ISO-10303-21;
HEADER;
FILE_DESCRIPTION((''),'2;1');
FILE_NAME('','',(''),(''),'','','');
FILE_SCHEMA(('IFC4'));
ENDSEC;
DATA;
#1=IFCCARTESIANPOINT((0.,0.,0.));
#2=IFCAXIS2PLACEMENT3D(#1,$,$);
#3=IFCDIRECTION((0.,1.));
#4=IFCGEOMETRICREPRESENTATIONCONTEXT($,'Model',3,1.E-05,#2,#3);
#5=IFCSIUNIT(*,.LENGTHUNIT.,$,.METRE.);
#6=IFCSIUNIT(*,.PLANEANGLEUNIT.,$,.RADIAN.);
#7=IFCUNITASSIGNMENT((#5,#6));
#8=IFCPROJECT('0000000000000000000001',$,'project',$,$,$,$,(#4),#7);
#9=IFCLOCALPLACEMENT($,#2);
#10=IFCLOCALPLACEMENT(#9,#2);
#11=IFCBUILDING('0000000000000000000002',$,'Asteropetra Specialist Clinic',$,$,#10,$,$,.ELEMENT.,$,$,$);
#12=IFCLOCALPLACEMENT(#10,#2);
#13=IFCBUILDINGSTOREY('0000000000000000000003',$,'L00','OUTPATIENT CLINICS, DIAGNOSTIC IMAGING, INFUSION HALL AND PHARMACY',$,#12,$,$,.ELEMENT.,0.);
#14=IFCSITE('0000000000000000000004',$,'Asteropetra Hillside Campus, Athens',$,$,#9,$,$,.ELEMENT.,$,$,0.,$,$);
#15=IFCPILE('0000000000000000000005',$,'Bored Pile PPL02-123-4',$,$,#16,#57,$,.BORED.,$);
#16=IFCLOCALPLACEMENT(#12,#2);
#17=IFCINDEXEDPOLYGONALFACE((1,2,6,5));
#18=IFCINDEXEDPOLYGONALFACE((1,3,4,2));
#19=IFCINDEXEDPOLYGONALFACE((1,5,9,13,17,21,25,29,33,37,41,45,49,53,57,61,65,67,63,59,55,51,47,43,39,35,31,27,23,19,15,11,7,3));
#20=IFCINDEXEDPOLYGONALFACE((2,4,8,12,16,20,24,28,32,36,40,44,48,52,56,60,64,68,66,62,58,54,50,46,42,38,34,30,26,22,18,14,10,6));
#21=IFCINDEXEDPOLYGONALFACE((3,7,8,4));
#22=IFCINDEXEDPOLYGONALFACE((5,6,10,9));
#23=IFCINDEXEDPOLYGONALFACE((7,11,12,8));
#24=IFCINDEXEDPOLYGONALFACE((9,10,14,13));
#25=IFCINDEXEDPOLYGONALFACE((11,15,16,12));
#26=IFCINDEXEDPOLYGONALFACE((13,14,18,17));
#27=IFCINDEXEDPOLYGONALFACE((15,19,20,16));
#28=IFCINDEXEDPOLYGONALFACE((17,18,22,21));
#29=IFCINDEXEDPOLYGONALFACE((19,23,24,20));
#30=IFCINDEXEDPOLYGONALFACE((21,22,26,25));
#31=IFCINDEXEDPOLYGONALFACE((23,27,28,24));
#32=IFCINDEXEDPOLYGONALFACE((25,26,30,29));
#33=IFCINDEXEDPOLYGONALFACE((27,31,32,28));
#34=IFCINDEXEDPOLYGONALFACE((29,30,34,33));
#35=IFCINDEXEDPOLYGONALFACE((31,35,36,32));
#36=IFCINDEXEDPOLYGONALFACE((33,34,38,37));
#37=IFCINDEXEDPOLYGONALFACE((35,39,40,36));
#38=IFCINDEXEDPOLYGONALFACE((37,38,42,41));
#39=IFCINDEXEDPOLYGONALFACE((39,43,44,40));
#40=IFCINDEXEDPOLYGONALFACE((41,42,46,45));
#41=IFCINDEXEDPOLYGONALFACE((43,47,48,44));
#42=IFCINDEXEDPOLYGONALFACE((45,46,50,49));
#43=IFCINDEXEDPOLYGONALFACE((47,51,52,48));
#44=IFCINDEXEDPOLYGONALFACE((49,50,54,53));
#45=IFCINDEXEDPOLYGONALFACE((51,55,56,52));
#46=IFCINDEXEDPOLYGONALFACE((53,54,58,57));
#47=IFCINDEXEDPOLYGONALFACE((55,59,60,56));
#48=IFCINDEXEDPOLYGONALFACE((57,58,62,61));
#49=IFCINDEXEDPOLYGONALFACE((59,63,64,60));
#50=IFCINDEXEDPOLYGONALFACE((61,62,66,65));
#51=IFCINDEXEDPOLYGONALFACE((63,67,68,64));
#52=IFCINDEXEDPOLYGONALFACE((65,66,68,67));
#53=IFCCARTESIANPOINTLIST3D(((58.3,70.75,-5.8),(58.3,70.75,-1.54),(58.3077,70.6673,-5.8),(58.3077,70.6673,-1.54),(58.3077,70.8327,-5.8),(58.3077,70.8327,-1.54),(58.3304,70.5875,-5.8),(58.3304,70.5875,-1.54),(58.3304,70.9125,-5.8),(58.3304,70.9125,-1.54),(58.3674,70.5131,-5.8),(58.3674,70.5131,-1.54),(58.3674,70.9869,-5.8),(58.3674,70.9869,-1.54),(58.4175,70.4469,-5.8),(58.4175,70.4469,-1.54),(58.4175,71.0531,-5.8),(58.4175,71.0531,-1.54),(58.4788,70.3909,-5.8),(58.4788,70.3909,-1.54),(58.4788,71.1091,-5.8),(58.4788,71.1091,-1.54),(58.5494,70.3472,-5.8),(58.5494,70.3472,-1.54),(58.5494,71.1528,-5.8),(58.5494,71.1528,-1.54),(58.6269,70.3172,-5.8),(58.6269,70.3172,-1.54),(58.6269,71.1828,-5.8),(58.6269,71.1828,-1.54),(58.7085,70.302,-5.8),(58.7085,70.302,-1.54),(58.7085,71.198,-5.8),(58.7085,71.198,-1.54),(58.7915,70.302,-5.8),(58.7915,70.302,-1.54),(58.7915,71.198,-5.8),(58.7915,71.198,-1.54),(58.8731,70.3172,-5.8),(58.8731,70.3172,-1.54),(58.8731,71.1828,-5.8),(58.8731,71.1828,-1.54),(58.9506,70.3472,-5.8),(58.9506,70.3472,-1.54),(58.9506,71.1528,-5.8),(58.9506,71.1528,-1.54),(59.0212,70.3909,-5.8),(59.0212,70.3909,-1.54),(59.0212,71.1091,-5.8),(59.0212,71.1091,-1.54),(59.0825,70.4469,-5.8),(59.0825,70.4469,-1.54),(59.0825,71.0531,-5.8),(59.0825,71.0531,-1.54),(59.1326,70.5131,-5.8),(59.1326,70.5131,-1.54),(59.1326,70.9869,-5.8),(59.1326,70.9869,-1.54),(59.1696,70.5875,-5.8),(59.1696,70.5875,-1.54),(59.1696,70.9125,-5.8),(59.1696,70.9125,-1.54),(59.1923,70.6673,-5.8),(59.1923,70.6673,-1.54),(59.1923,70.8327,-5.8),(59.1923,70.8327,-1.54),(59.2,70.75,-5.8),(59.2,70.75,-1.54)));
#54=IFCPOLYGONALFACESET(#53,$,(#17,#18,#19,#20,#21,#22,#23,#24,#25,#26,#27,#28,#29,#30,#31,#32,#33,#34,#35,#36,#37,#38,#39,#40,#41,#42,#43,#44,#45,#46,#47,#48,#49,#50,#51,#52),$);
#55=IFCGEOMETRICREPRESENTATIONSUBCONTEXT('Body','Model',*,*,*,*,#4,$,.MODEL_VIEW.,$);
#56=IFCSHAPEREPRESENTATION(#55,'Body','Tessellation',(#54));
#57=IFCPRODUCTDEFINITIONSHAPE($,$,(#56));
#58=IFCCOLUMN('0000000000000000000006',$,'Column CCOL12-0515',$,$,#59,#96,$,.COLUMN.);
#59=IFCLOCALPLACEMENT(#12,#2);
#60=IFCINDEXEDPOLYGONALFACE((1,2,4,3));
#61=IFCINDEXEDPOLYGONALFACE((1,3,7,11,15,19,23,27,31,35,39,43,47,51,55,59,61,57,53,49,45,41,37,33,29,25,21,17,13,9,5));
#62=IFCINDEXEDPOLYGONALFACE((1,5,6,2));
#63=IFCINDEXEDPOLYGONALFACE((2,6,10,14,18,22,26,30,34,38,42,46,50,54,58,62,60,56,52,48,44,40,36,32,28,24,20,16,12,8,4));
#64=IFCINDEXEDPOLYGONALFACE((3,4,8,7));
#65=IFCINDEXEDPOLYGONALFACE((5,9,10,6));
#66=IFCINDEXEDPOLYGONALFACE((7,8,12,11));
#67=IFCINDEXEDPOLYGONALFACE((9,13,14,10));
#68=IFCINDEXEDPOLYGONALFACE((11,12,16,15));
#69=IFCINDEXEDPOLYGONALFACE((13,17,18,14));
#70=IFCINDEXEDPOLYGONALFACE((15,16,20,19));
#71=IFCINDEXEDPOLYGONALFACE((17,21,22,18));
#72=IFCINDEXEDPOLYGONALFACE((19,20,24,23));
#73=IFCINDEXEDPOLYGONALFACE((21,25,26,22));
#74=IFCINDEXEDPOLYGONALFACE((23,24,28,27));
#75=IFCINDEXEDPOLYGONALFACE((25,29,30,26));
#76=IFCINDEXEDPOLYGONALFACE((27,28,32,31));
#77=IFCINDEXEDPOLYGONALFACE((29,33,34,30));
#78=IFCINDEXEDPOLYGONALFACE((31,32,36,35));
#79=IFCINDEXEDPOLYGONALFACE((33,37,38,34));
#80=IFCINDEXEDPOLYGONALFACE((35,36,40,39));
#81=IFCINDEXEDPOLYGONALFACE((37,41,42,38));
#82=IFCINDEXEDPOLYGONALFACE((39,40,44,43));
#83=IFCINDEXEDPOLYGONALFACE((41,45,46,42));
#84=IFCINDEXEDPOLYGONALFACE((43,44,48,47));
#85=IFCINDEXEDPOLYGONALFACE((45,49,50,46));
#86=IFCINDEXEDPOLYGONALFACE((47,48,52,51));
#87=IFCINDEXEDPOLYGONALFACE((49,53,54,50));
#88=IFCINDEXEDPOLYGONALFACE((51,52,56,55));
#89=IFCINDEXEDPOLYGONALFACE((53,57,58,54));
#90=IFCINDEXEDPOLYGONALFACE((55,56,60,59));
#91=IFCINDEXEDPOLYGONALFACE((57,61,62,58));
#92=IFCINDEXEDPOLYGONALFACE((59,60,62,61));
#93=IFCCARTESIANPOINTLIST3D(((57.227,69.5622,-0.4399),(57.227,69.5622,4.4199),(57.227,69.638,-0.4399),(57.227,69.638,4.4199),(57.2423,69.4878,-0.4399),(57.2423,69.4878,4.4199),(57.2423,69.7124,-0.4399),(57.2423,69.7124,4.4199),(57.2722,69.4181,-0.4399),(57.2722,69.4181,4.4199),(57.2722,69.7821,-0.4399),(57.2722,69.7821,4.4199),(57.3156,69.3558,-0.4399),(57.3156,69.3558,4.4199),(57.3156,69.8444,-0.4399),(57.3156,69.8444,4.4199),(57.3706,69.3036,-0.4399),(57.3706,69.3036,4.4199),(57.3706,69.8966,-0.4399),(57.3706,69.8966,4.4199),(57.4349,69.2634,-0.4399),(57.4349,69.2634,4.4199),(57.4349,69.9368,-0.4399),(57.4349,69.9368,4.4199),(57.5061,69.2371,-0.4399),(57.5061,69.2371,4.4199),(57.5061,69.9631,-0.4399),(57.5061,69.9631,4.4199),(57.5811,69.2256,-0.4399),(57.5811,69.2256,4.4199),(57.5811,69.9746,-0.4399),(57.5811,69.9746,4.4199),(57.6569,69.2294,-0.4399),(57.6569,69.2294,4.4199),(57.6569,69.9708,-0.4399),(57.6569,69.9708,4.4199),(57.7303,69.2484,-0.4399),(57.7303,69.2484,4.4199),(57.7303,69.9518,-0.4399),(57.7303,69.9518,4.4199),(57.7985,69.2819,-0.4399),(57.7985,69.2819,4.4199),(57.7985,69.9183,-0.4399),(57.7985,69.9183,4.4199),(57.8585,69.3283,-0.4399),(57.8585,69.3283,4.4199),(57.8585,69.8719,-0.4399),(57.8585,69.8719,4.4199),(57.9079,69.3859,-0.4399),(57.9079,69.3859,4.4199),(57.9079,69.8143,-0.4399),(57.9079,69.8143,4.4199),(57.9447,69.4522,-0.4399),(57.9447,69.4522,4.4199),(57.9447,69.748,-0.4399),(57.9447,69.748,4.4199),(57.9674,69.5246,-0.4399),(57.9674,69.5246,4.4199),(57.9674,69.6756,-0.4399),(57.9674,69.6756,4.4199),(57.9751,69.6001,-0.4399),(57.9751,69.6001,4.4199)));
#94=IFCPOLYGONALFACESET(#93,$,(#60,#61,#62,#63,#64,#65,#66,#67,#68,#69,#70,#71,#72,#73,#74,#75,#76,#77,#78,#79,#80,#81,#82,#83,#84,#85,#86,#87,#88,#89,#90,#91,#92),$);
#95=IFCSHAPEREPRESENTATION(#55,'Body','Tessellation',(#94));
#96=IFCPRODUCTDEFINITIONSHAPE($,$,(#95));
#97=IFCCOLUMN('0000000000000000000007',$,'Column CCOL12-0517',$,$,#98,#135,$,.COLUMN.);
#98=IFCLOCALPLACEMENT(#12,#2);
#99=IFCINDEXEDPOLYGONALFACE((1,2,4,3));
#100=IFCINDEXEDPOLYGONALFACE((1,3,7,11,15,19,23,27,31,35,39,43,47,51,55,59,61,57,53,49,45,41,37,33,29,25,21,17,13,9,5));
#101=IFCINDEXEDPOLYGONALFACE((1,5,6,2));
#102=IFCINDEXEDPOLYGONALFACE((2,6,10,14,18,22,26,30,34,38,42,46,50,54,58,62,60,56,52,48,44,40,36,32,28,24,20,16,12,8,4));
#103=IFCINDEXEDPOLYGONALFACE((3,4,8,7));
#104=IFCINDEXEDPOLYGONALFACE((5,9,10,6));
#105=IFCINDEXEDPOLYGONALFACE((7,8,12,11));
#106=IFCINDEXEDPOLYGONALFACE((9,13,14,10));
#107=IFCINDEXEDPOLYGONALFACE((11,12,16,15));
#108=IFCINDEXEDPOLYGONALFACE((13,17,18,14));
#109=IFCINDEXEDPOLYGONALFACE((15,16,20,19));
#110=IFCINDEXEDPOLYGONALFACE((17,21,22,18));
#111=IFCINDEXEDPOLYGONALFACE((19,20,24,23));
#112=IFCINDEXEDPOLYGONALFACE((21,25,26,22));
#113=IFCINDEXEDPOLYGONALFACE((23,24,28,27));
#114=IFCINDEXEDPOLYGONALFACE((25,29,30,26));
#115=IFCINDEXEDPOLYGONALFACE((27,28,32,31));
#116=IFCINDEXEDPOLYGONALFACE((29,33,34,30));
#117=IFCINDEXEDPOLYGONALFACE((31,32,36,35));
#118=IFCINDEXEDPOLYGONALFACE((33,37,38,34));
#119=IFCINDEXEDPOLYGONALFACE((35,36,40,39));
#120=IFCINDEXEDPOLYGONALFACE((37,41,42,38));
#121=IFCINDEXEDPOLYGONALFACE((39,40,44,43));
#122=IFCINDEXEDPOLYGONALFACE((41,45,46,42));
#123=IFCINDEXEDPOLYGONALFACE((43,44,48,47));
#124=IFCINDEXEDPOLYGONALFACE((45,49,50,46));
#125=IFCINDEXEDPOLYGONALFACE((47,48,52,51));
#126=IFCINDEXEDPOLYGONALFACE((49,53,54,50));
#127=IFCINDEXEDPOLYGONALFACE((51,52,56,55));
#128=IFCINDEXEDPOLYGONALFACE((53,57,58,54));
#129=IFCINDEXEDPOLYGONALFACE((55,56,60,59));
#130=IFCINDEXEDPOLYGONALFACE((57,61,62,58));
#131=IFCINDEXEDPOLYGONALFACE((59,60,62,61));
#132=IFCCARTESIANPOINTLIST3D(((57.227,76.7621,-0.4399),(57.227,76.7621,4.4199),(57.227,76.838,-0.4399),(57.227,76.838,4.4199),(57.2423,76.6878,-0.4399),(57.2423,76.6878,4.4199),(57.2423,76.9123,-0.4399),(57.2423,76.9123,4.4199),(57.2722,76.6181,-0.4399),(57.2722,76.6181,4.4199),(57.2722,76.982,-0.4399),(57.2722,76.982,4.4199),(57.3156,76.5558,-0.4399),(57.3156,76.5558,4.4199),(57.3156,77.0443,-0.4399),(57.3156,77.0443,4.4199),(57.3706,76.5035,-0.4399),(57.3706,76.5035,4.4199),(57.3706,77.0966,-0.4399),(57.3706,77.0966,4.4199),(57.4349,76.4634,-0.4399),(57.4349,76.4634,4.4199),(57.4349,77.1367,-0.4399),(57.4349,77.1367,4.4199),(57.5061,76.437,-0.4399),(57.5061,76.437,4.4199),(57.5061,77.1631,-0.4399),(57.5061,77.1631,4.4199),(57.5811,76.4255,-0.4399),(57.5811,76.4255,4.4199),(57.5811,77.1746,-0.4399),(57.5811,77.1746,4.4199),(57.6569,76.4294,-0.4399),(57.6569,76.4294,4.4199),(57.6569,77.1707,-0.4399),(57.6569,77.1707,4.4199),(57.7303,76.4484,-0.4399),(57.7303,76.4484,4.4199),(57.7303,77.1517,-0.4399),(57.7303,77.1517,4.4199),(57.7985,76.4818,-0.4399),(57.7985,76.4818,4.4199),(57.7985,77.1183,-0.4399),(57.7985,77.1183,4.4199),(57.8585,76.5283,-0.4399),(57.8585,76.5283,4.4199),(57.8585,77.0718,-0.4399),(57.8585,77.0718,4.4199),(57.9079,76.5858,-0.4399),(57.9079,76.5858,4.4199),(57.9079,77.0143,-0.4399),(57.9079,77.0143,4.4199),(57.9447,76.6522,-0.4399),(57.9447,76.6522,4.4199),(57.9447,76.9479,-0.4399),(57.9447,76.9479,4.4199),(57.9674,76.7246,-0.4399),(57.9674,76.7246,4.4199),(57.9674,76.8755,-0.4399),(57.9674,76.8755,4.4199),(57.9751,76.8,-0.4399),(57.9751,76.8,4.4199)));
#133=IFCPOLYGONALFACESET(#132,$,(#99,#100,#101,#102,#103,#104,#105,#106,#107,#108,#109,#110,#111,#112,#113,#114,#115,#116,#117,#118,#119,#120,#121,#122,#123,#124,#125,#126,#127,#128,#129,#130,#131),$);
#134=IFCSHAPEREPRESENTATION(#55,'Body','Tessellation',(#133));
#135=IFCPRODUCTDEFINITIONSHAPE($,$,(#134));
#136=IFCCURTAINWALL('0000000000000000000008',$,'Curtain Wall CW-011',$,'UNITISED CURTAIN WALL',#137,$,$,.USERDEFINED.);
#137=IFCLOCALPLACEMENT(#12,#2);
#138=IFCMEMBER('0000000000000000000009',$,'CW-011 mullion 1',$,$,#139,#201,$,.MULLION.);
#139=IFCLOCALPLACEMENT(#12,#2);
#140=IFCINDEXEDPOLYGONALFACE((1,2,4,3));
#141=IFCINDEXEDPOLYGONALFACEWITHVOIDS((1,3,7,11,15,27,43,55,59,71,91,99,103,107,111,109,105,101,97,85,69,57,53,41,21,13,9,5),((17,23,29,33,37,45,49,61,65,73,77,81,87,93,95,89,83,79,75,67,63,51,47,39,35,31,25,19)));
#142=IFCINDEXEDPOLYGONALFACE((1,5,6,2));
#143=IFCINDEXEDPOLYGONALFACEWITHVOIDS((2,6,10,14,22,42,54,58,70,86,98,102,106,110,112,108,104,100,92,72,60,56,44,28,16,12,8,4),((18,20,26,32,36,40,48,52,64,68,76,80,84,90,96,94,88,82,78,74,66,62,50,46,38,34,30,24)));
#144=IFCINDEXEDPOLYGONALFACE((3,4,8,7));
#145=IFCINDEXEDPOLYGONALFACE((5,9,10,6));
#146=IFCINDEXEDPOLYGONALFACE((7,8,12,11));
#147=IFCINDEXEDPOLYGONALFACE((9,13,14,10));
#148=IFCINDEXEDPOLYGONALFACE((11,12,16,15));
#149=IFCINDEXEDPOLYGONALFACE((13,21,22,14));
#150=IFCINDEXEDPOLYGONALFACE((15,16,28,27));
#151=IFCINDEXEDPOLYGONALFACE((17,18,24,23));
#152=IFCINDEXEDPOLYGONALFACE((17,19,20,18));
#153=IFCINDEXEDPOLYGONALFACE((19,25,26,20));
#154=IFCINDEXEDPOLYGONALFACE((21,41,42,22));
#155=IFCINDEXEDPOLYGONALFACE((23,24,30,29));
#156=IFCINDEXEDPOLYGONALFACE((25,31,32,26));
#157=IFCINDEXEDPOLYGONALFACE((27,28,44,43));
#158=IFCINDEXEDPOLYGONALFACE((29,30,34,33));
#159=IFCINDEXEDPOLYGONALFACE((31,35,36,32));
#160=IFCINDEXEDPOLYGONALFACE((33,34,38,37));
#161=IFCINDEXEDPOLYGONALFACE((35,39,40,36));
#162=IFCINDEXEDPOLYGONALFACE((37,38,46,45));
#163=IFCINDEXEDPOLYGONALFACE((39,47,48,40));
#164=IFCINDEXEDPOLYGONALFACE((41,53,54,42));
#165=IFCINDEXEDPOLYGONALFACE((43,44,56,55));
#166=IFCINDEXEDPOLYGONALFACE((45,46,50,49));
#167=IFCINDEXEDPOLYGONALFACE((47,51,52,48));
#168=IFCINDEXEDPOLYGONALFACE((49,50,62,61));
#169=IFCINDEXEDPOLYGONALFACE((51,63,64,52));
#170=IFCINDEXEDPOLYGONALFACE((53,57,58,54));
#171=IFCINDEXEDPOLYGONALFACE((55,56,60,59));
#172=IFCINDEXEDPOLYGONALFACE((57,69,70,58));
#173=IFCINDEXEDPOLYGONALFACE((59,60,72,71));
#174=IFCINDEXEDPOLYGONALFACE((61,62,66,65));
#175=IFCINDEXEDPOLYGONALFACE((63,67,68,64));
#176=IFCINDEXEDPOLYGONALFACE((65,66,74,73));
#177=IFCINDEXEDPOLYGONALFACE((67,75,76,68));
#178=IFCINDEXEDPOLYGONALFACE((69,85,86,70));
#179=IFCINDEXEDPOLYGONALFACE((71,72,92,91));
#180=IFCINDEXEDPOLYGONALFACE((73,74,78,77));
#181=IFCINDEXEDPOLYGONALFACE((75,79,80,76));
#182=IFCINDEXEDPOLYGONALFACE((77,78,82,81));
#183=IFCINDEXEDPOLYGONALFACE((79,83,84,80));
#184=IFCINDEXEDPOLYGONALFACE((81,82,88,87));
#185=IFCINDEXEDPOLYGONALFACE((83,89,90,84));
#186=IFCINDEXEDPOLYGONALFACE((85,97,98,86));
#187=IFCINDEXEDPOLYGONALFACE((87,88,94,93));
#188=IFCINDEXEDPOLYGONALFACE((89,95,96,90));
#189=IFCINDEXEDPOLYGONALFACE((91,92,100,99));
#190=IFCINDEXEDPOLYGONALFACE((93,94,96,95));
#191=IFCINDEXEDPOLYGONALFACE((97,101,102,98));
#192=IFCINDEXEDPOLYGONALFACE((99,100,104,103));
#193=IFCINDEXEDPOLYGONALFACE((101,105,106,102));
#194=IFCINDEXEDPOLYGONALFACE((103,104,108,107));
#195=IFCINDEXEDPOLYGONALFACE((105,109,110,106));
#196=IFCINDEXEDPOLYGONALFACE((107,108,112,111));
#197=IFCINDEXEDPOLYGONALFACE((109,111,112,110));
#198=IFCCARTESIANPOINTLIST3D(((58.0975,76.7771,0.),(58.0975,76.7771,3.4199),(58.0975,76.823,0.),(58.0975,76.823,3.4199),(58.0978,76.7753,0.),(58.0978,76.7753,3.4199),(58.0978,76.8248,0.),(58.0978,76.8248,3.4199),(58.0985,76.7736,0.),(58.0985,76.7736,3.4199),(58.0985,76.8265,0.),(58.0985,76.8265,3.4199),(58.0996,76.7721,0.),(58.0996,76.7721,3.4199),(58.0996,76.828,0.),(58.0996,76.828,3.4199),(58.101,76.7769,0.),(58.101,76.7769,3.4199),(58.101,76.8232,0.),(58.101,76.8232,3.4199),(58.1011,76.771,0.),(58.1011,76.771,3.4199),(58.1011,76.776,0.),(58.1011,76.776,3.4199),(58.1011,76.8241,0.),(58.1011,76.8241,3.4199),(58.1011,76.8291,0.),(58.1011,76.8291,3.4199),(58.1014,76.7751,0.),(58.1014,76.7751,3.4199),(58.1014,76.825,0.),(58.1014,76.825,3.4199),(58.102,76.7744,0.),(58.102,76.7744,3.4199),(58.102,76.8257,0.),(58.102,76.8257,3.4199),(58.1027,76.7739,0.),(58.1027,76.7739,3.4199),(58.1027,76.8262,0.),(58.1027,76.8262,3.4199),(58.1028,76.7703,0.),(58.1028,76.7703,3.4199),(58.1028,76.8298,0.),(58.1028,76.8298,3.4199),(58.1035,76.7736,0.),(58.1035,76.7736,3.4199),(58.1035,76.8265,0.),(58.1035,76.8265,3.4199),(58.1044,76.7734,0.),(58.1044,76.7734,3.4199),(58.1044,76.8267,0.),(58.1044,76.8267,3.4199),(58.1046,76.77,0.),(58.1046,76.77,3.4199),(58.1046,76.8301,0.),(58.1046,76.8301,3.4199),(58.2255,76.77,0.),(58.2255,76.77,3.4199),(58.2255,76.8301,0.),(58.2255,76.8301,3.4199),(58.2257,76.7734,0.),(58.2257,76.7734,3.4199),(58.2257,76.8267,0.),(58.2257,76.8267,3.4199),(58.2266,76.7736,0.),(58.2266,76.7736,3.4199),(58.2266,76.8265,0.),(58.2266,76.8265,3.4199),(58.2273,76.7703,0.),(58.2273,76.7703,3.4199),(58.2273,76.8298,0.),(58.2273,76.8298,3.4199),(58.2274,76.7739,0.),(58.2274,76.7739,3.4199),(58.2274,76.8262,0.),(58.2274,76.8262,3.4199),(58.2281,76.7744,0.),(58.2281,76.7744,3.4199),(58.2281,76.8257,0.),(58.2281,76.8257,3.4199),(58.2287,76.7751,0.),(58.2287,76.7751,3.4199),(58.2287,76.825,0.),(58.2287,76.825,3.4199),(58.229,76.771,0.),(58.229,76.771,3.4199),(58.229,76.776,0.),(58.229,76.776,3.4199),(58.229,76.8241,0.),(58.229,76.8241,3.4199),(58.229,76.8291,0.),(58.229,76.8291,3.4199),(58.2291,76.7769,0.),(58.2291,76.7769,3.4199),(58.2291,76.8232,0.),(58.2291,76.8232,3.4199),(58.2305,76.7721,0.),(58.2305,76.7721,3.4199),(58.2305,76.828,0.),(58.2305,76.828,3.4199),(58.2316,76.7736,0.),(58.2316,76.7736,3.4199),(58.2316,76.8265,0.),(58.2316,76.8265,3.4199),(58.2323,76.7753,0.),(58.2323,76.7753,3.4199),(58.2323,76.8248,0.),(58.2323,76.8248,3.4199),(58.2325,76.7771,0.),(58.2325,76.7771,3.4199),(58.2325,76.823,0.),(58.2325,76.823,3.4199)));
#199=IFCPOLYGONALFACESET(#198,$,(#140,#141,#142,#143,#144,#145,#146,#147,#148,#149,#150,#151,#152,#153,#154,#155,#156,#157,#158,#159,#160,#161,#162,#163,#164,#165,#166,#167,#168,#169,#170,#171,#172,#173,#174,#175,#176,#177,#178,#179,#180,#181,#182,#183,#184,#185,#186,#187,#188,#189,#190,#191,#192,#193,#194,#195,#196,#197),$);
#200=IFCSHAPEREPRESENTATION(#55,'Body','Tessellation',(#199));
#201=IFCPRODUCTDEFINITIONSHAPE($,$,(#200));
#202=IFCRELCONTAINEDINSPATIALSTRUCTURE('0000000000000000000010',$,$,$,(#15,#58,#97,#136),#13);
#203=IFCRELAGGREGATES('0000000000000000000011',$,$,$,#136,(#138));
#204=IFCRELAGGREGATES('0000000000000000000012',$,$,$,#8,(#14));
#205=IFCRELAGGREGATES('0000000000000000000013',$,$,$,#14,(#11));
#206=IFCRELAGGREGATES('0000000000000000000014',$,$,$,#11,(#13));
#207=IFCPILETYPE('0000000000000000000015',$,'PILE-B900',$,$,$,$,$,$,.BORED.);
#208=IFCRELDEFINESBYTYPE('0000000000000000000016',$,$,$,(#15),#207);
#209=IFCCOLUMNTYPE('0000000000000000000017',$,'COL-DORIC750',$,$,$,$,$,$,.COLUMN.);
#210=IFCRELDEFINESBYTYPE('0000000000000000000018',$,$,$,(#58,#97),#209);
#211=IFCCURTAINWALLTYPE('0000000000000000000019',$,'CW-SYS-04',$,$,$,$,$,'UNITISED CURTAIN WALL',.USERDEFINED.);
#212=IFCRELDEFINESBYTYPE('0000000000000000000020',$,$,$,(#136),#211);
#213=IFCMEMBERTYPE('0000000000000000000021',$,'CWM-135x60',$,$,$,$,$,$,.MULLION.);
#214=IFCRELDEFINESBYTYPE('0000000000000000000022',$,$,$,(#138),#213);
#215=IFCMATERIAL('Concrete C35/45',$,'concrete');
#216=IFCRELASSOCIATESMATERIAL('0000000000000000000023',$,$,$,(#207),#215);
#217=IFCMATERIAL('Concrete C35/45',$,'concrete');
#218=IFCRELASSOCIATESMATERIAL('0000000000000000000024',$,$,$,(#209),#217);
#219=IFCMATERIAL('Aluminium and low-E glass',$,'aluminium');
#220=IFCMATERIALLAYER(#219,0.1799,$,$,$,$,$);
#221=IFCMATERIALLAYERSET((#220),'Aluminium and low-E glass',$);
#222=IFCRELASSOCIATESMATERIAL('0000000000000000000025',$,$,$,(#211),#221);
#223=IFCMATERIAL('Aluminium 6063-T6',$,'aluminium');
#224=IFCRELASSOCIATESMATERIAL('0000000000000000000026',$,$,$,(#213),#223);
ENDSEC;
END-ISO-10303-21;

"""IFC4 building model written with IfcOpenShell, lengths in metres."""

from ifc_helpers import new_model, si_unit, direction, frame, origin, origin_2d, place, context, subcontext, project, spatial, hollow_rectangle, circle, extrude, material, layer, layer_set, material_profile, profile_set, type_object, element, aggregate, save


model = new_model("IFC4")

# Units and contexts
model_context = context("Model", 3, precision=1e-05, world=origin(), true_north=direction((0.0, 1.0)))
body_context = subcontext(model_context, "Body", "Model", "MODEL_VIEW")
ifc_project = project(units=[si_unit("LENGTHUNIT", "METRE"), si_unit("PLANEANGLEUNIT", "RADIAN")], contexts=[model_context])

# Site, building, storey
site_placement = place(None, origin())
site = spatial("IfcSite", under=ifc_project, at=site_placement, Name="Asteropetra Hillside Campus, Athens", CompositionType="ELEMENT", RefElevation=0.0)
building_placement = place(site_placement, origin())
building = spatial("IfcBuilding", under=site, at=building_placement, Name="Asteropetra Specialist Clinic", CompositionType="ELEMENT")
storey_placement = place(building_placement, origin())
storey = spatial("IfcBuildingStorey", under=building, at=storey_placement, Name="L00", Description="OUTPATIENT CLINICS, DIAGNOSTIC IMAGING, INFUSION HALL AND PHARMACY", CompositionType="ELEMENT", Elevation=0.0)

# Pile
ifc_material_1 = material(Name="Concrete C35/45", Category="concrete")
ifc_material_profile_1 = material_profile(ifc_material_1, circle(Radius=0.45, at=origin_2d()), Name="PILE D900")
ifc_profile_set_1 = profile_set([ifc_material_profile_1], Name="Concrete C35/45")
pile_type_1 = type_object("IfcPileType", Name="PILE-B900", PredefinedType="BORED", material=ifc_profile_set_1)
for number, where, z_axis, x_axis, name in (
    (1, (58.75, 70.75, -1.54), (0.0, 0.0, -1.0), (1.0, 0.0, 0.0), "Bored Pile PPL02-123-4"),
):
    element("IfcPile", number, at=place(storey_placement, frame(where, z_axis=z_axis, x_axis=x_axis)), inside=storey, type_object=pile_type_1, Name=name, PredefinedType="BORED", context=body_context, shape_type="SweptSolid", body=[
        extrude(circle(Radius=0.45, at=origin_2d()), origin(), (0.0, 0.0, 1.0), 4.26),
    ])

# Columns
ifc_material_2 = material(Name="Concrete C35/45", Category="concrete")
ifc_material_profile_2 = material_profile(ifc_material_2, circle(Radius=0.375, at=origin_2d()), Name="RCC D750")
ifc_profile_set_2 = profile_set([ifc_material_profile_2], Name="Concrete C35/45")
column_type = type_object("IfcColumnType", Name="COL-DORIC750", PredefinedType="COLUMN", material=ifc_profile_set_2)
for number, where, z_axis, x_axis, name in (
    (2, (57.6001, 69.6001, -0.4399), (0.0, 0.0, 1.0), (1.0, 0.0, 0.0), "Column CCOL12-0515"),
    (3, (57.6001, 76.8, -0.4399), (0.0, 0.0, 1.0), (1.0, 0.0, 0.0), "Column CCOL12-0517"),
):
    element("IfcColumn", number, at=place(storey_placement, frame(where, z_axis=z_axis, x_axis=x_axis)), inside=storey, type_object=column_type, Name=name, PredefinedType="COLUMN", context=body_context, shape_type="SweptSolid", body=[
        extrude(circle(Radius=0.375, at=origin_2d()), origin(), (0.0, 0.0, 1.0), 4.8599),
    ])

# Curtain wall, member
ifc_material_3 = material(Name="Aluminium and low-E glass", Category="aluminium")
ifc_layer_1 = layer(ifc_material_3, 0.1799)
ifc_layer_set_1 = layer_set([ifc_layer_1], Name="Aluminium and low-E glass")
curtain_wall_type_1 = type_object("IfcCurtainWallType", Name="CW-SYS-04", ElementType="UNITISED CURTAIN WALL", PredefinedType="USERDEFINED", material=ifc_layer_set_1)
curtain_wall_1_placement = place(storey_placement, origin())
curtain_wall_1 = element("IfcCurtainWall", 4, at=curtain_wall_1_placement, inside=storey, type_object=curtain_wall_type_1, Name="Curtain Wall CW-011", ObjectType="UNITISED CURTAIN WALL", PredefinedType="USERDEFINED")
ifc_material_4 = material(Name="Aluminium 6063-T6", Category="aluminium")
ifc_material_profile_3 = material_profile(ifc_material_4, hollow_rectangle(XDim=0.0601, YDim=0.135, WallThickness=0.0034, InnerFilletRadius=0.0034, OuterFilletRadius=0.0071, at=origin_2d()), Name="MUL 135x60x3.5")
ifc_profile_set_3 = profile_set([ifc_material_profile_3], Name="Aluminium 6063-T6")
member_type_1 = type_object("IfcMemberType", Name="CWM-135x60", PredefinedType="MULLION", material=ifc_profile_set_3)
member_1_placement = place(storey_placement, frame((58.165, 76.8, 0.0), z_axis=(0.0, 0.0, 1.0), x_axis=(0.0, 1.0, 0.0)))
member_1 = element("IfcMember", 5, at=member_1_placement, type_object=member_type_1, Name="CW-011 mullion 1", PredefinedType="MULLION", context=body_context, shape_type="SweptSolid", body=[
    extrude(hollow_rectangle(XDim=0.0601, YDim=0.135, WallThickness=0.0034, InnerFilletRadius=0.0034, OuterFilletRadius=0.0071, at=origin_2d()), origin(), (0.0, 0.0, 1.0), 3.4199),
])

aggregate(curtain_wall_1, [member_1])

save(model, "model.ifc")
